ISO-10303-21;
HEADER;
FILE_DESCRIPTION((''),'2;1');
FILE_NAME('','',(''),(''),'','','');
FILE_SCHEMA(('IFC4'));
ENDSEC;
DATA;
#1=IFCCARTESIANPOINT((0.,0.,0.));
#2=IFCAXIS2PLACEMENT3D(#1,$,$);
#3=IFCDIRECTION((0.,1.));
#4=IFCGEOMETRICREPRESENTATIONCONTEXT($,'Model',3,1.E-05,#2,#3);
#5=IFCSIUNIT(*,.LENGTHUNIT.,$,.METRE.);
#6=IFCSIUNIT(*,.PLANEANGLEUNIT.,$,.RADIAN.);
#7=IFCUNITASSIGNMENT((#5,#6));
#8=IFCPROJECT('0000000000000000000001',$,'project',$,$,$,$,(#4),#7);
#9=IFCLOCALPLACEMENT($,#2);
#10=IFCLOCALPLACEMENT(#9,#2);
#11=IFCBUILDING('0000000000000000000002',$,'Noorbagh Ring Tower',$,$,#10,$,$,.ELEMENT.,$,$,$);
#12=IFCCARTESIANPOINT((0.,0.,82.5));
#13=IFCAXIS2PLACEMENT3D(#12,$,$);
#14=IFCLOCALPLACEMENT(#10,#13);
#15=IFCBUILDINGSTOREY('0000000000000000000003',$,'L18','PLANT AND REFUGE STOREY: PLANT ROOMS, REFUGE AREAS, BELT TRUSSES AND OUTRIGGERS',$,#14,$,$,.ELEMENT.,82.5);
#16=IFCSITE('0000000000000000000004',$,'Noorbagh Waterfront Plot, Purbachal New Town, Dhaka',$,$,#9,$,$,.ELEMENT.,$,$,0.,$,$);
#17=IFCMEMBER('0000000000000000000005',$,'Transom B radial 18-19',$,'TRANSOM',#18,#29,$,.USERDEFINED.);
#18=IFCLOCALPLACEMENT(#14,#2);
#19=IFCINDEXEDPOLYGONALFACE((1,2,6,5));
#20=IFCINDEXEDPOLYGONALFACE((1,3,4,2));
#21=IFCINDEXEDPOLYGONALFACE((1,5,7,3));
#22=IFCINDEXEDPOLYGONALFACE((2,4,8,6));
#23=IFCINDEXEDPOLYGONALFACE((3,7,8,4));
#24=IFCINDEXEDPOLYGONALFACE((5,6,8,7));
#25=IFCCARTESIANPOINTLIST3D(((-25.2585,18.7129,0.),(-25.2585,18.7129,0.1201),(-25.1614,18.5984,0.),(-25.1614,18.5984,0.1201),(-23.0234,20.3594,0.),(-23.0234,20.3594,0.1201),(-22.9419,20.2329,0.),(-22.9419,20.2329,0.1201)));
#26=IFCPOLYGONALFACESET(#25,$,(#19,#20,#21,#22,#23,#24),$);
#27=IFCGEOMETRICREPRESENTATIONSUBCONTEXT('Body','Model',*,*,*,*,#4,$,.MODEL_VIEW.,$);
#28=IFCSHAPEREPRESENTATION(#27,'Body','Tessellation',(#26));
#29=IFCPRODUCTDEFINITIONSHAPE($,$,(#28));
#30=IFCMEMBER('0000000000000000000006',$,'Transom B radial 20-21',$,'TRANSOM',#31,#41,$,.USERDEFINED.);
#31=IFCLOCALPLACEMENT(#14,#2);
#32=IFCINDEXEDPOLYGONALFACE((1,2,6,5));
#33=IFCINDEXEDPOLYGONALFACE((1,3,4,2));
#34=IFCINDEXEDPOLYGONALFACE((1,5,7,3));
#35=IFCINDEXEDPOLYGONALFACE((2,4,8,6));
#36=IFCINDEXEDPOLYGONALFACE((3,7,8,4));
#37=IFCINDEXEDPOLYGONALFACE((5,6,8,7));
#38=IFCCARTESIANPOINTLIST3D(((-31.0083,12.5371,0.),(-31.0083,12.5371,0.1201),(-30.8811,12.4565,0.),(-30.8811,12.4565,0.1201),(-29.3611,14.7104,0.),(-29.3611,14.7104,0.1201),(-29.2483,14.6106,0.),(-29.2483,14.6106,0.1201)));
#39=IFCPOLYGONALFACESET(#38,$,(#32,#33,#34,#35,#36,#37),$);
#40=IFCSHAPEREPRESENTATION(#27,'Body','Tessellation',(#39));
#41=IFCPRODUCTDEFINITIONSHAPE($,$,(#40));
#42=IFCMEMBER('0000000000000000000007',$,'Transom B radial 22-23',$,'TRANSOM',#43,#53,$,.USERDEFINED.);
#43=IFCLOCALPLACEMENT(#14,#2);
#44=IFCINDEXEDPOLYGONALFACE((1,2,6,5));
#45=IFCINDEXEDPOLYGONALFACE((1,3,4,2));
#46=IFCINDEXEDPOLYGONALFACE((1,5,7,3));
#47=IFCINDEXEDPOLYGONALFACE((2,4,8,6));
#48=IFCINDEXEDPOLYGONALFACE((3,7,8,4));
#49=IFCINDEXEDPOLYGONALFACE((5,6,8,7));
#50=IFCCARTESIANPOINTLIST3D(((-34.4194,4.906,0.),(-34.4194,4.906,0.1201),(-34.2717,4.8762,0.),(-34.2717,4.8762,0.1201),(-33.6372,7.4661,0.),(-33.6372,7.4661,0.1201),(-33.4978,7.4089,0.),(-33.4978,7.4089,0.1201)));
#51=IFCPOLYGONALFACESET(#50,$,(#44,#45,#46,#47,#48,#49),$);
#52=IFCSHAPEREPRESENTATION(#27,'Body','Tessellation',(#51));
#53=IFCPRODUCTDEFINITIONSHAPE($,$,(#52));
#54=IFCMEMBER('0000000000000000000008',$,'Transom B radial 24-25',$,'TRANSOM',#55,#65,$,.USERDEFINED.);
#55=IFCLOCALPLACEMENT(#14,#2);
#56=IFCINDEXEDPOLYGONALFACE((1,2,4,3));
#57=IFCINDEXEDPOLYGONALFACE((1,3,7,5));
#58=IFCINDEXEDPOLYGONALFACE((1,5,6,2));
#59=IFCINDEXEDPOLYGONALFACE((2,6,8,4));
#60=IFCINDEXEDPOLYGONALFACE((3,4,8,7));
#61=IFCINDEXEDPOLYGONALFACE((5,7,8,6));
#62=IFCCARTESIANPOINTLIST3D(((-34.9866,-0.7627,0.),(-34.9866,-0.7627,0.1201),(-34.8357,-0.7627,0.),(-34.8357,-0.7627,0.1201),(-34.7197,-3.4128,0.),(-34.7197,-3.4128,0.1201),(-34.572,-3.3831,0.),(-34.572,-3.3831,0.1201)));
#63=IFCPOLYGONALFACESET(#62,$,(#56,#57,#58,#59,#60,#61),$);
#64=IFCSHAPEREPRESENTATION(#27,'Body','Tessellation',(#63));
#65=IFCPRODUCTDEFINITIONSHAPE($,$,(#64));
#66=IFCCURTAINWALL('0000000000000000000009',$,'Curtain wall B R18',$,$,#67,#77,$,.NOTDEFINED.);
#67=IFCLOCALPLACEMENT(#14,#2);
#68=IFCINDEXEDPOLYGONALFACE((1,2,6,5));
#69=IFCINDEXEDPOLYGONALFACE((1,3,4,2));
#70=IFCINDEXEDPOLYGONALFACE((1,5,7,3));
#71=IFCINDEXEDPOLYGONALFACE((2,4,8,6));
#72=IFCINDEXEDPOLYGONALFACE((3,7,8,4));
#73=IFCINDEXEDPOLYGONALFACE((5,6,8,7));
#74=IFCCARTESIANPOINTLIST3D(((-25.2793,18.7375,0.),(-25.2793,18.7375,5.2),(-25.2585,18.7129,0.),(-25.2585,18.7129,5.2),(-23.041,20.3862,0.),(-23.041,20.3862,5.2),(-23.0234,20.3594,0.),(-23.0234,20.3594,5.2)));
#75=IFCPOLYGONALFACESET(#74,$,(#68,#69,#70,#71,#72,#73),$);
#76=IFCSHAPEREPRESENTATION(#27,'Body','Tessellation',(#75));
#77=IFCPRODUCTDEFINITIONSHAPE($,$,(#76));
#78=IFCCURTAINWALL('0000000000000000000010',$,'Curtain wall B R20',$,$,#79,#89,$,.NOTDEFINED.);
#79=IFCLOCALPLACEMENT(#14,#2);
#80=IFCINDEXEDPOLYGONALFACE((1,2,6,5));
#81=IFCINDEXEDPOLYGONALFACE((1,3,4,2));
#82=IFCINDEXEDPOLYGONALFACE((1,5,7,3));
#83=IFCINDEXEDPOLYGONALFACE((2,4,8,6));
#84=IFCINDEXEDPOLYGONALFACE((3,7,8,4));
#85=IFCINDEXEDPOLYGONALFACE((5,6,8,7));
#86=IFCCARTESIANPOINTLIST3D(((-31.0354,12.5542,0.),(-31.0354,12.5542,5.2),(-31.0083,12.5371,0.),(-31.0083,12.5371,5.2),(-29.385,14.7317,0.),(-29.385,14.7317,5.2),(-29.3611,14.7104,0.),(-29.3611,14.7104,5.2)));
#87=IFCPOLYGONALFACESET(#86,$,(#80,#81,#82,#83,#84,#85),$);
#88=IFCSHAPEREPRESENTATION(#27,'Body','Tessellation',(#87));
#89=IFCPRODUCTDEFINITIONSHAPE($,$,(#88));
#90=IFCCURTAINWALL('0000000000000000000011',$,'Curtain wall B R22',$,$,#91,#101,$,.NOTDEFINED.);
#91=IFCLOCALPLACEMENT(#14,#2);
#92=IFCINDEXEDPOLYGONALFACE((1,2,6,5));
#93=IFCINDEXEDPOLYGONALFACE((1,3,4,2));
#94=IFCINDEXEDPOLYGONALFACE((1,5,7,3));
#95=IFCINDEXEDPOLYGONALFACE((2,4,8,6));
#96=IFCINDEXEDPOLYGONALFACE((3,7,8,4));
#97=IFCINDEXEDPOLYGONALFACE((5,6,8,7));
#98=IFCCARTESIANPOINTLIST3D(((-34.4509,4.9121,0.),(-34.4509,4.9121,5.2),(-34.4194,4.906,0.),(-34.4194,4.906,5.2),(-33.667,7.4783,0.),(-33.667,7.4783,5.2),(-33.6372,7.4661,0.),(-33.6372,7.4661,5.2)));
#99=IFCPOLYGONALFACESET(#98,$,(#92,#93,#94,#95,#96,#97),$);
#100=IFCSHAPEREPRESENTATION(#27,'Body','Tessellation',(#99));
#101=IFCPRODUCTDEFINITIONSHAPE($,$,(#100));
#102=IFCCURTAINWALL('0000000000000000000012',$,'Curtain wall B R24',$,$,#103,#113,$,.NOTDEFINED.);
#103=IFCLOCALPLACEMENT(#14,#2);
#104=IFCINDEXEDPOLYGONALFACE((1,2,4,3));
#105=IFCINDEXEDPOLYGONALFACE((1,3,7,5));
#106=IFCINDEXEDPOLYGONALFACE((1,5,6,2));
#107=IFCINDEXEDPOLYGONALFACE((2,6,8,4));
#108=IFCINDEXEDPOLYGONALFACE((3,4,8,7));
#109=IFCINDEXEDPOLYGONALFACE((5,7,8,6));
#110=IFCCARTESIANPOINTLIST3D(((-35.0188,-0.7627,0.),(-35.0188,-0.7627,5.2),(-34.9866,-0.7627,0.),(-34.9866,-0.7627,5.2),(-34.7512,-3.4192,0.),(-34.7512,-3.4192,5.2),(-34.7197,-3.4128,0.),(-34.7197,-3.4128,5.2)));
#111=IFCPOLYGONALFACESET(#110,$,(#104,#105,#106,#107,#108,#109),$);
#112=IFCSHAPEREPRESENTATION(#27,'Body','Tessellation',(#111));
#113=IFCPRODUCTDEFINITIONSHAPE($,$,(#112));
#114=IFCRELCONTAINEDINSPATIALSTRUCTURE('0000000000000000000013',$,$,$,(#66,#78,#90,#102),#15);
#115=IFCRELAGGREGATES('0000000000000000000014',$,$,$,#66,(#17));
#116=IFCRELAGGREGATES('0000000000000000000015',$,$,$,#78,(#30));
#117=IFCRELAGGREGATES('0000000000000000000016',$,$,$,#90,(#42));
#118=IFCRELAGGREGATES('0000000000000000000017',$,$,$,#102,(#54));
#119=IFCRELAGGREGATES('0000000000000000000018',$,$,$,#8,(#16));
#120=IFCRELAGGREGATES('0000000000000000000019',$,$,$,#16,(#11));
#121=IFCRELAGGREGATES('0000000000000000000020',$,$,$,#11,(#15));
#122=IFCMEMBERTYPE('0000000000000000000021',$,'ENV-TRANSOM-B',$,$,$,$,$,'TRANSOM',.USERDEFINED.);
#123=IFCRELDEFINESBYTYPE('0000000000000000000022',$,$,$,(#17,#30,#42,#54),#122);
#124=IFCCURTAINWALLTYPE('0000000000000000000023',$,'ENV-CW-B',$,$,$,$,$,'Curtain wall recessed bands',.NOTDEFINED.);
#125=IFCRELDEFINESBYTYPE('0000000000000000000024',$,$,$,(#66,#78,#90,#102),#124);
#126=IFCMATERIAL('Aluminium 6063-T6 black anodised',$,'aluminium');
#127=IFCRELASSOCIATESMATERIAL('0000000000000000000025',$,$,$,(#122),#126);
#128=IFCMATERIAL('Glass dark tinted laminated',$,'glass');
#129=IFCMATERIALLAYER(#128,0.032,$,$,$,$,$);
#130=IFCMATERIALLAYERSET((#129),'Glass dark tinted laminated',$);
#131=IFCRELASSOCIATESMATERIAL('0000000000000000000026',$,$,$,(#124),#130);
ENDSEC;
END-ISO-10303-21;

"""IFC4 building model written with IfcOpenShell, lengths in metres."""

from ifc_helpers import new_model, si_unit, direction, frame, origin, place, context, subcontext, project, spatial, polyline, outline, extrude, material, layer, layer_set, type_object, element, aggregate, save


model = new_model("IFC4")

# Units and contexts
model_context = context("Model", 3, precision=1e-05, world=origin(), true_north=direction((0.0, 1.0)))
body_context = subcontext(model_context, "Body", "Model", "MODEL_VIEW")
ifc_project = project(units=[si_unit("LENGTHUNIT", "METRE"), si_unit("PLANEANGLEUNIT", "RADIAN")], contexts=[model_context])

# Members
site_placement = place(None, origin())
building_placement = place(site_placement, origin())
storey_placement = place(building_placement, frame((0.0, 0.0, 82.5)))
ifc_material_1 = material(Name="Aluminium 6063-T6 black anodised", Category="aluminium")
member_type_1 = type_object("IfcMemberType", Name="ENV-TRANSOM-B", ElementType="TRANSOM", PredefinedType="USERDEFINED", material=ifc_material_1)
member_1_placement = place(storey_placement, origin())
member_1 = element("IfcMember", 1, at=member_1_placement, type_object=member_type_1, Name="Transom B radial 18-19", ObjectType="TRANSOM", PredefinedType="USERDEFINED", context=body_context, shape_type="SweptSolid", body=[
    extrude(outline(polyline([(-23.0234, 20.3594), (-25.2585, 18.7129), (-25.1614, 18.5984), (-22.9419, 20.2329), (-23.0234, 20.3594)])), origin(), (0.0, 0.0, 1.0), 0.1201),
])
member_2_placement = place(storey_placement, origin())
member_2 = element("IfcMember", 2, at=member_2_placement, type_object=member_type_1, Name="Transom B radial 20-21", ObjectType="TRANSOM", PredefinedType="USERDEFINED", context=body_context, shape_type="SweptSolid", body=[
    extrude(outline(polyline([(-29.3611, 14.7104), (-31.0083, 12.5371), (-30.8811, 12.4565), (-29.2483, 14.6106), (-29.3611, 14.7104)])), origin(), (0.0, 0.0, 1.0), 0.1201),
])
member_3_placement = place(storey_placement, origin())
member_3 = element("IfcMember", 3, at=member_3_placement, type_object=member_type_1, Name="Transom B radial 22-23", ObjectType="TRANSOM", PredefinedType="USERDEFINED", context=body_context, shape_type="SweptSolid", body=[
    extrude(outline(polyline([(-33.6372, 7.4661), (-34.4194, 4.906), (-34.2717, 4.8762), (-33.4978, 7.4089), (-33.6372, 7.4661)])), origin(), (0.0, 0.0, 1.0), 0.1201),
])
member_4_placement = place(storey_placement, origin())
member_4 = element("IfcMember", 4, at=member_4_placement, type_object=member_type_1, Name="Transom B radial 24-25", ObjectType="TRANSOM", PredefinedType="USERDEFINED", context=body_context, shape_type="SweptSolid", body=[
    extrude(outline(polyline([(-34.9866, -0.7627), (-34.7197, -3.4128), (-34.572, -3.3831), (-34.8357, -0.7627), (-34.9866, -0.7627)])), origin(), (0.0, 0.0, 1.0), 0.1201),
])

# Site, building, storey
site = spatial("IfcSite", under=ifc_project, at=site_placement, Name="Noorbagh Waterfront Plot, Purbachal New Town, Dhaka", CompositionType="ELEMENT", RefElevation=0.0)
building = spatial("IfcBuilding", under=site, at=building_placement, Name="Noorbagh Ring Tower", CompositionType="ELEMENT")
storey = spatial("IfcBuildingStorey", under=building, at=storey_placement, Name="L18", Description="PLANT AND REFUGE STOREY: PLANT ROOMS, REFUGE AREAS, BELT TRUSSES AND OUTRIGGERS", CompositionType="ELEMENT", Elevation=82.5)

# Curtain walls
ifc_material_2 = material(Name="Glass dark tinted laminated", Category="glass")
ifc_layer = layer(ifc_material_2, 0.032)
ifc_layer_set = layer_set([ifc_layer], Name="Glass dark tinted laminated")
curtain_wall_type = type_object("IfcCurtainWallType", Name="ENV-CW-B", ElementType="Curtain wall recessed bands", PredefinedType="NOTDEFINED", material=ifc_layer_set)
curtain_wall_1_placement = place(storey_placement, origin())
curtain_wall_1 = element("IfcCurtainWall", 5, at=curtain_wall_1_placement, inside=storey, type_object=curtain_wall_type, Name="Curtain wall B R18", PredefinedType="NOTDEFINED", context=body_context, shape_type="SweptSolid", body=[
    extrude(outline(polyline([(-23.041, 20.3862), (-25.2793, 18.7375), (-25.2585, 18.7129), (-23.0234, 20.3594), (-23.041, 20.3862)])), origin(), (0.0, 0.0, 1.0), 5.2),
])
aggregate(curtain_wall_1, [member_1])
curtain_wall_2_placement = place(storey_placement, origin())
curtain_wall_2 = element("IfcCurtainWall", 6, at=curtain_wall_2_placement, inside=storey, type_object=curtain_wall_type, Name="Curtain wall B R20", PredefinedType="NOTDEFINED", context=body_context, shape_type="SweptSolid", body=[
    extrude(outline(polyline([(-29.385, 14.7317), (-31.0354, 12.5542), (-31.0083, 12.5371), (-29.3611, 14.7104), (-29.385, 14.7317)])), origin(), (0.0, 0.0, 1.0), 5.2),
])
aggregate(curtain_wall_2, [member_2])
curtain_wall_3_placement = place(storey_placement, origin())
curtain_wall_3 = element("IfcCurtainWall", 7, at=curtain_wall_3_placement, inside=storey, type_object=curtain_wall_type, Name="Curtain wall B R22", PredefinedType="NOTDEFINED", context=body_context, shape_type="SweptSolid", body=[
    extrude(outline(polyline([(-33.667, 7.4783), (-34.4509, 4.9121), (-34.4194, 4.906), (-33.6372, 7.4661), (-33.667, 7.4783)])), origin(), (0.0, 0.0, 1.0), 5.2),
])
aggregate(curtain_wall_3, [member_3])
curtain_wall_4_placement = place(storey_placement, origin())
curtain_wall_4 = element("IfcCurtainWall", 8, at=curtain_wall_4_placement, inside=storey, type_object=curtain_wall_type, Name="Curtain wall B R24", PredefinedType="NOTDEFINED", context=body_context, shape_type="SweptSolid", body=[
    extrude(outline(polyline([(-35.0188, -0.7627), (-34.7512, -3.4192), (-34.7197, -3.4128), (-34.9866, -0.7627), (-35.0188, -0.7627)])), origin(), (0.0, 0.0, 1.0), 5.2),
])
aggregate(curtain_wall_4, [member_4])

save(model, "model.ifc")
